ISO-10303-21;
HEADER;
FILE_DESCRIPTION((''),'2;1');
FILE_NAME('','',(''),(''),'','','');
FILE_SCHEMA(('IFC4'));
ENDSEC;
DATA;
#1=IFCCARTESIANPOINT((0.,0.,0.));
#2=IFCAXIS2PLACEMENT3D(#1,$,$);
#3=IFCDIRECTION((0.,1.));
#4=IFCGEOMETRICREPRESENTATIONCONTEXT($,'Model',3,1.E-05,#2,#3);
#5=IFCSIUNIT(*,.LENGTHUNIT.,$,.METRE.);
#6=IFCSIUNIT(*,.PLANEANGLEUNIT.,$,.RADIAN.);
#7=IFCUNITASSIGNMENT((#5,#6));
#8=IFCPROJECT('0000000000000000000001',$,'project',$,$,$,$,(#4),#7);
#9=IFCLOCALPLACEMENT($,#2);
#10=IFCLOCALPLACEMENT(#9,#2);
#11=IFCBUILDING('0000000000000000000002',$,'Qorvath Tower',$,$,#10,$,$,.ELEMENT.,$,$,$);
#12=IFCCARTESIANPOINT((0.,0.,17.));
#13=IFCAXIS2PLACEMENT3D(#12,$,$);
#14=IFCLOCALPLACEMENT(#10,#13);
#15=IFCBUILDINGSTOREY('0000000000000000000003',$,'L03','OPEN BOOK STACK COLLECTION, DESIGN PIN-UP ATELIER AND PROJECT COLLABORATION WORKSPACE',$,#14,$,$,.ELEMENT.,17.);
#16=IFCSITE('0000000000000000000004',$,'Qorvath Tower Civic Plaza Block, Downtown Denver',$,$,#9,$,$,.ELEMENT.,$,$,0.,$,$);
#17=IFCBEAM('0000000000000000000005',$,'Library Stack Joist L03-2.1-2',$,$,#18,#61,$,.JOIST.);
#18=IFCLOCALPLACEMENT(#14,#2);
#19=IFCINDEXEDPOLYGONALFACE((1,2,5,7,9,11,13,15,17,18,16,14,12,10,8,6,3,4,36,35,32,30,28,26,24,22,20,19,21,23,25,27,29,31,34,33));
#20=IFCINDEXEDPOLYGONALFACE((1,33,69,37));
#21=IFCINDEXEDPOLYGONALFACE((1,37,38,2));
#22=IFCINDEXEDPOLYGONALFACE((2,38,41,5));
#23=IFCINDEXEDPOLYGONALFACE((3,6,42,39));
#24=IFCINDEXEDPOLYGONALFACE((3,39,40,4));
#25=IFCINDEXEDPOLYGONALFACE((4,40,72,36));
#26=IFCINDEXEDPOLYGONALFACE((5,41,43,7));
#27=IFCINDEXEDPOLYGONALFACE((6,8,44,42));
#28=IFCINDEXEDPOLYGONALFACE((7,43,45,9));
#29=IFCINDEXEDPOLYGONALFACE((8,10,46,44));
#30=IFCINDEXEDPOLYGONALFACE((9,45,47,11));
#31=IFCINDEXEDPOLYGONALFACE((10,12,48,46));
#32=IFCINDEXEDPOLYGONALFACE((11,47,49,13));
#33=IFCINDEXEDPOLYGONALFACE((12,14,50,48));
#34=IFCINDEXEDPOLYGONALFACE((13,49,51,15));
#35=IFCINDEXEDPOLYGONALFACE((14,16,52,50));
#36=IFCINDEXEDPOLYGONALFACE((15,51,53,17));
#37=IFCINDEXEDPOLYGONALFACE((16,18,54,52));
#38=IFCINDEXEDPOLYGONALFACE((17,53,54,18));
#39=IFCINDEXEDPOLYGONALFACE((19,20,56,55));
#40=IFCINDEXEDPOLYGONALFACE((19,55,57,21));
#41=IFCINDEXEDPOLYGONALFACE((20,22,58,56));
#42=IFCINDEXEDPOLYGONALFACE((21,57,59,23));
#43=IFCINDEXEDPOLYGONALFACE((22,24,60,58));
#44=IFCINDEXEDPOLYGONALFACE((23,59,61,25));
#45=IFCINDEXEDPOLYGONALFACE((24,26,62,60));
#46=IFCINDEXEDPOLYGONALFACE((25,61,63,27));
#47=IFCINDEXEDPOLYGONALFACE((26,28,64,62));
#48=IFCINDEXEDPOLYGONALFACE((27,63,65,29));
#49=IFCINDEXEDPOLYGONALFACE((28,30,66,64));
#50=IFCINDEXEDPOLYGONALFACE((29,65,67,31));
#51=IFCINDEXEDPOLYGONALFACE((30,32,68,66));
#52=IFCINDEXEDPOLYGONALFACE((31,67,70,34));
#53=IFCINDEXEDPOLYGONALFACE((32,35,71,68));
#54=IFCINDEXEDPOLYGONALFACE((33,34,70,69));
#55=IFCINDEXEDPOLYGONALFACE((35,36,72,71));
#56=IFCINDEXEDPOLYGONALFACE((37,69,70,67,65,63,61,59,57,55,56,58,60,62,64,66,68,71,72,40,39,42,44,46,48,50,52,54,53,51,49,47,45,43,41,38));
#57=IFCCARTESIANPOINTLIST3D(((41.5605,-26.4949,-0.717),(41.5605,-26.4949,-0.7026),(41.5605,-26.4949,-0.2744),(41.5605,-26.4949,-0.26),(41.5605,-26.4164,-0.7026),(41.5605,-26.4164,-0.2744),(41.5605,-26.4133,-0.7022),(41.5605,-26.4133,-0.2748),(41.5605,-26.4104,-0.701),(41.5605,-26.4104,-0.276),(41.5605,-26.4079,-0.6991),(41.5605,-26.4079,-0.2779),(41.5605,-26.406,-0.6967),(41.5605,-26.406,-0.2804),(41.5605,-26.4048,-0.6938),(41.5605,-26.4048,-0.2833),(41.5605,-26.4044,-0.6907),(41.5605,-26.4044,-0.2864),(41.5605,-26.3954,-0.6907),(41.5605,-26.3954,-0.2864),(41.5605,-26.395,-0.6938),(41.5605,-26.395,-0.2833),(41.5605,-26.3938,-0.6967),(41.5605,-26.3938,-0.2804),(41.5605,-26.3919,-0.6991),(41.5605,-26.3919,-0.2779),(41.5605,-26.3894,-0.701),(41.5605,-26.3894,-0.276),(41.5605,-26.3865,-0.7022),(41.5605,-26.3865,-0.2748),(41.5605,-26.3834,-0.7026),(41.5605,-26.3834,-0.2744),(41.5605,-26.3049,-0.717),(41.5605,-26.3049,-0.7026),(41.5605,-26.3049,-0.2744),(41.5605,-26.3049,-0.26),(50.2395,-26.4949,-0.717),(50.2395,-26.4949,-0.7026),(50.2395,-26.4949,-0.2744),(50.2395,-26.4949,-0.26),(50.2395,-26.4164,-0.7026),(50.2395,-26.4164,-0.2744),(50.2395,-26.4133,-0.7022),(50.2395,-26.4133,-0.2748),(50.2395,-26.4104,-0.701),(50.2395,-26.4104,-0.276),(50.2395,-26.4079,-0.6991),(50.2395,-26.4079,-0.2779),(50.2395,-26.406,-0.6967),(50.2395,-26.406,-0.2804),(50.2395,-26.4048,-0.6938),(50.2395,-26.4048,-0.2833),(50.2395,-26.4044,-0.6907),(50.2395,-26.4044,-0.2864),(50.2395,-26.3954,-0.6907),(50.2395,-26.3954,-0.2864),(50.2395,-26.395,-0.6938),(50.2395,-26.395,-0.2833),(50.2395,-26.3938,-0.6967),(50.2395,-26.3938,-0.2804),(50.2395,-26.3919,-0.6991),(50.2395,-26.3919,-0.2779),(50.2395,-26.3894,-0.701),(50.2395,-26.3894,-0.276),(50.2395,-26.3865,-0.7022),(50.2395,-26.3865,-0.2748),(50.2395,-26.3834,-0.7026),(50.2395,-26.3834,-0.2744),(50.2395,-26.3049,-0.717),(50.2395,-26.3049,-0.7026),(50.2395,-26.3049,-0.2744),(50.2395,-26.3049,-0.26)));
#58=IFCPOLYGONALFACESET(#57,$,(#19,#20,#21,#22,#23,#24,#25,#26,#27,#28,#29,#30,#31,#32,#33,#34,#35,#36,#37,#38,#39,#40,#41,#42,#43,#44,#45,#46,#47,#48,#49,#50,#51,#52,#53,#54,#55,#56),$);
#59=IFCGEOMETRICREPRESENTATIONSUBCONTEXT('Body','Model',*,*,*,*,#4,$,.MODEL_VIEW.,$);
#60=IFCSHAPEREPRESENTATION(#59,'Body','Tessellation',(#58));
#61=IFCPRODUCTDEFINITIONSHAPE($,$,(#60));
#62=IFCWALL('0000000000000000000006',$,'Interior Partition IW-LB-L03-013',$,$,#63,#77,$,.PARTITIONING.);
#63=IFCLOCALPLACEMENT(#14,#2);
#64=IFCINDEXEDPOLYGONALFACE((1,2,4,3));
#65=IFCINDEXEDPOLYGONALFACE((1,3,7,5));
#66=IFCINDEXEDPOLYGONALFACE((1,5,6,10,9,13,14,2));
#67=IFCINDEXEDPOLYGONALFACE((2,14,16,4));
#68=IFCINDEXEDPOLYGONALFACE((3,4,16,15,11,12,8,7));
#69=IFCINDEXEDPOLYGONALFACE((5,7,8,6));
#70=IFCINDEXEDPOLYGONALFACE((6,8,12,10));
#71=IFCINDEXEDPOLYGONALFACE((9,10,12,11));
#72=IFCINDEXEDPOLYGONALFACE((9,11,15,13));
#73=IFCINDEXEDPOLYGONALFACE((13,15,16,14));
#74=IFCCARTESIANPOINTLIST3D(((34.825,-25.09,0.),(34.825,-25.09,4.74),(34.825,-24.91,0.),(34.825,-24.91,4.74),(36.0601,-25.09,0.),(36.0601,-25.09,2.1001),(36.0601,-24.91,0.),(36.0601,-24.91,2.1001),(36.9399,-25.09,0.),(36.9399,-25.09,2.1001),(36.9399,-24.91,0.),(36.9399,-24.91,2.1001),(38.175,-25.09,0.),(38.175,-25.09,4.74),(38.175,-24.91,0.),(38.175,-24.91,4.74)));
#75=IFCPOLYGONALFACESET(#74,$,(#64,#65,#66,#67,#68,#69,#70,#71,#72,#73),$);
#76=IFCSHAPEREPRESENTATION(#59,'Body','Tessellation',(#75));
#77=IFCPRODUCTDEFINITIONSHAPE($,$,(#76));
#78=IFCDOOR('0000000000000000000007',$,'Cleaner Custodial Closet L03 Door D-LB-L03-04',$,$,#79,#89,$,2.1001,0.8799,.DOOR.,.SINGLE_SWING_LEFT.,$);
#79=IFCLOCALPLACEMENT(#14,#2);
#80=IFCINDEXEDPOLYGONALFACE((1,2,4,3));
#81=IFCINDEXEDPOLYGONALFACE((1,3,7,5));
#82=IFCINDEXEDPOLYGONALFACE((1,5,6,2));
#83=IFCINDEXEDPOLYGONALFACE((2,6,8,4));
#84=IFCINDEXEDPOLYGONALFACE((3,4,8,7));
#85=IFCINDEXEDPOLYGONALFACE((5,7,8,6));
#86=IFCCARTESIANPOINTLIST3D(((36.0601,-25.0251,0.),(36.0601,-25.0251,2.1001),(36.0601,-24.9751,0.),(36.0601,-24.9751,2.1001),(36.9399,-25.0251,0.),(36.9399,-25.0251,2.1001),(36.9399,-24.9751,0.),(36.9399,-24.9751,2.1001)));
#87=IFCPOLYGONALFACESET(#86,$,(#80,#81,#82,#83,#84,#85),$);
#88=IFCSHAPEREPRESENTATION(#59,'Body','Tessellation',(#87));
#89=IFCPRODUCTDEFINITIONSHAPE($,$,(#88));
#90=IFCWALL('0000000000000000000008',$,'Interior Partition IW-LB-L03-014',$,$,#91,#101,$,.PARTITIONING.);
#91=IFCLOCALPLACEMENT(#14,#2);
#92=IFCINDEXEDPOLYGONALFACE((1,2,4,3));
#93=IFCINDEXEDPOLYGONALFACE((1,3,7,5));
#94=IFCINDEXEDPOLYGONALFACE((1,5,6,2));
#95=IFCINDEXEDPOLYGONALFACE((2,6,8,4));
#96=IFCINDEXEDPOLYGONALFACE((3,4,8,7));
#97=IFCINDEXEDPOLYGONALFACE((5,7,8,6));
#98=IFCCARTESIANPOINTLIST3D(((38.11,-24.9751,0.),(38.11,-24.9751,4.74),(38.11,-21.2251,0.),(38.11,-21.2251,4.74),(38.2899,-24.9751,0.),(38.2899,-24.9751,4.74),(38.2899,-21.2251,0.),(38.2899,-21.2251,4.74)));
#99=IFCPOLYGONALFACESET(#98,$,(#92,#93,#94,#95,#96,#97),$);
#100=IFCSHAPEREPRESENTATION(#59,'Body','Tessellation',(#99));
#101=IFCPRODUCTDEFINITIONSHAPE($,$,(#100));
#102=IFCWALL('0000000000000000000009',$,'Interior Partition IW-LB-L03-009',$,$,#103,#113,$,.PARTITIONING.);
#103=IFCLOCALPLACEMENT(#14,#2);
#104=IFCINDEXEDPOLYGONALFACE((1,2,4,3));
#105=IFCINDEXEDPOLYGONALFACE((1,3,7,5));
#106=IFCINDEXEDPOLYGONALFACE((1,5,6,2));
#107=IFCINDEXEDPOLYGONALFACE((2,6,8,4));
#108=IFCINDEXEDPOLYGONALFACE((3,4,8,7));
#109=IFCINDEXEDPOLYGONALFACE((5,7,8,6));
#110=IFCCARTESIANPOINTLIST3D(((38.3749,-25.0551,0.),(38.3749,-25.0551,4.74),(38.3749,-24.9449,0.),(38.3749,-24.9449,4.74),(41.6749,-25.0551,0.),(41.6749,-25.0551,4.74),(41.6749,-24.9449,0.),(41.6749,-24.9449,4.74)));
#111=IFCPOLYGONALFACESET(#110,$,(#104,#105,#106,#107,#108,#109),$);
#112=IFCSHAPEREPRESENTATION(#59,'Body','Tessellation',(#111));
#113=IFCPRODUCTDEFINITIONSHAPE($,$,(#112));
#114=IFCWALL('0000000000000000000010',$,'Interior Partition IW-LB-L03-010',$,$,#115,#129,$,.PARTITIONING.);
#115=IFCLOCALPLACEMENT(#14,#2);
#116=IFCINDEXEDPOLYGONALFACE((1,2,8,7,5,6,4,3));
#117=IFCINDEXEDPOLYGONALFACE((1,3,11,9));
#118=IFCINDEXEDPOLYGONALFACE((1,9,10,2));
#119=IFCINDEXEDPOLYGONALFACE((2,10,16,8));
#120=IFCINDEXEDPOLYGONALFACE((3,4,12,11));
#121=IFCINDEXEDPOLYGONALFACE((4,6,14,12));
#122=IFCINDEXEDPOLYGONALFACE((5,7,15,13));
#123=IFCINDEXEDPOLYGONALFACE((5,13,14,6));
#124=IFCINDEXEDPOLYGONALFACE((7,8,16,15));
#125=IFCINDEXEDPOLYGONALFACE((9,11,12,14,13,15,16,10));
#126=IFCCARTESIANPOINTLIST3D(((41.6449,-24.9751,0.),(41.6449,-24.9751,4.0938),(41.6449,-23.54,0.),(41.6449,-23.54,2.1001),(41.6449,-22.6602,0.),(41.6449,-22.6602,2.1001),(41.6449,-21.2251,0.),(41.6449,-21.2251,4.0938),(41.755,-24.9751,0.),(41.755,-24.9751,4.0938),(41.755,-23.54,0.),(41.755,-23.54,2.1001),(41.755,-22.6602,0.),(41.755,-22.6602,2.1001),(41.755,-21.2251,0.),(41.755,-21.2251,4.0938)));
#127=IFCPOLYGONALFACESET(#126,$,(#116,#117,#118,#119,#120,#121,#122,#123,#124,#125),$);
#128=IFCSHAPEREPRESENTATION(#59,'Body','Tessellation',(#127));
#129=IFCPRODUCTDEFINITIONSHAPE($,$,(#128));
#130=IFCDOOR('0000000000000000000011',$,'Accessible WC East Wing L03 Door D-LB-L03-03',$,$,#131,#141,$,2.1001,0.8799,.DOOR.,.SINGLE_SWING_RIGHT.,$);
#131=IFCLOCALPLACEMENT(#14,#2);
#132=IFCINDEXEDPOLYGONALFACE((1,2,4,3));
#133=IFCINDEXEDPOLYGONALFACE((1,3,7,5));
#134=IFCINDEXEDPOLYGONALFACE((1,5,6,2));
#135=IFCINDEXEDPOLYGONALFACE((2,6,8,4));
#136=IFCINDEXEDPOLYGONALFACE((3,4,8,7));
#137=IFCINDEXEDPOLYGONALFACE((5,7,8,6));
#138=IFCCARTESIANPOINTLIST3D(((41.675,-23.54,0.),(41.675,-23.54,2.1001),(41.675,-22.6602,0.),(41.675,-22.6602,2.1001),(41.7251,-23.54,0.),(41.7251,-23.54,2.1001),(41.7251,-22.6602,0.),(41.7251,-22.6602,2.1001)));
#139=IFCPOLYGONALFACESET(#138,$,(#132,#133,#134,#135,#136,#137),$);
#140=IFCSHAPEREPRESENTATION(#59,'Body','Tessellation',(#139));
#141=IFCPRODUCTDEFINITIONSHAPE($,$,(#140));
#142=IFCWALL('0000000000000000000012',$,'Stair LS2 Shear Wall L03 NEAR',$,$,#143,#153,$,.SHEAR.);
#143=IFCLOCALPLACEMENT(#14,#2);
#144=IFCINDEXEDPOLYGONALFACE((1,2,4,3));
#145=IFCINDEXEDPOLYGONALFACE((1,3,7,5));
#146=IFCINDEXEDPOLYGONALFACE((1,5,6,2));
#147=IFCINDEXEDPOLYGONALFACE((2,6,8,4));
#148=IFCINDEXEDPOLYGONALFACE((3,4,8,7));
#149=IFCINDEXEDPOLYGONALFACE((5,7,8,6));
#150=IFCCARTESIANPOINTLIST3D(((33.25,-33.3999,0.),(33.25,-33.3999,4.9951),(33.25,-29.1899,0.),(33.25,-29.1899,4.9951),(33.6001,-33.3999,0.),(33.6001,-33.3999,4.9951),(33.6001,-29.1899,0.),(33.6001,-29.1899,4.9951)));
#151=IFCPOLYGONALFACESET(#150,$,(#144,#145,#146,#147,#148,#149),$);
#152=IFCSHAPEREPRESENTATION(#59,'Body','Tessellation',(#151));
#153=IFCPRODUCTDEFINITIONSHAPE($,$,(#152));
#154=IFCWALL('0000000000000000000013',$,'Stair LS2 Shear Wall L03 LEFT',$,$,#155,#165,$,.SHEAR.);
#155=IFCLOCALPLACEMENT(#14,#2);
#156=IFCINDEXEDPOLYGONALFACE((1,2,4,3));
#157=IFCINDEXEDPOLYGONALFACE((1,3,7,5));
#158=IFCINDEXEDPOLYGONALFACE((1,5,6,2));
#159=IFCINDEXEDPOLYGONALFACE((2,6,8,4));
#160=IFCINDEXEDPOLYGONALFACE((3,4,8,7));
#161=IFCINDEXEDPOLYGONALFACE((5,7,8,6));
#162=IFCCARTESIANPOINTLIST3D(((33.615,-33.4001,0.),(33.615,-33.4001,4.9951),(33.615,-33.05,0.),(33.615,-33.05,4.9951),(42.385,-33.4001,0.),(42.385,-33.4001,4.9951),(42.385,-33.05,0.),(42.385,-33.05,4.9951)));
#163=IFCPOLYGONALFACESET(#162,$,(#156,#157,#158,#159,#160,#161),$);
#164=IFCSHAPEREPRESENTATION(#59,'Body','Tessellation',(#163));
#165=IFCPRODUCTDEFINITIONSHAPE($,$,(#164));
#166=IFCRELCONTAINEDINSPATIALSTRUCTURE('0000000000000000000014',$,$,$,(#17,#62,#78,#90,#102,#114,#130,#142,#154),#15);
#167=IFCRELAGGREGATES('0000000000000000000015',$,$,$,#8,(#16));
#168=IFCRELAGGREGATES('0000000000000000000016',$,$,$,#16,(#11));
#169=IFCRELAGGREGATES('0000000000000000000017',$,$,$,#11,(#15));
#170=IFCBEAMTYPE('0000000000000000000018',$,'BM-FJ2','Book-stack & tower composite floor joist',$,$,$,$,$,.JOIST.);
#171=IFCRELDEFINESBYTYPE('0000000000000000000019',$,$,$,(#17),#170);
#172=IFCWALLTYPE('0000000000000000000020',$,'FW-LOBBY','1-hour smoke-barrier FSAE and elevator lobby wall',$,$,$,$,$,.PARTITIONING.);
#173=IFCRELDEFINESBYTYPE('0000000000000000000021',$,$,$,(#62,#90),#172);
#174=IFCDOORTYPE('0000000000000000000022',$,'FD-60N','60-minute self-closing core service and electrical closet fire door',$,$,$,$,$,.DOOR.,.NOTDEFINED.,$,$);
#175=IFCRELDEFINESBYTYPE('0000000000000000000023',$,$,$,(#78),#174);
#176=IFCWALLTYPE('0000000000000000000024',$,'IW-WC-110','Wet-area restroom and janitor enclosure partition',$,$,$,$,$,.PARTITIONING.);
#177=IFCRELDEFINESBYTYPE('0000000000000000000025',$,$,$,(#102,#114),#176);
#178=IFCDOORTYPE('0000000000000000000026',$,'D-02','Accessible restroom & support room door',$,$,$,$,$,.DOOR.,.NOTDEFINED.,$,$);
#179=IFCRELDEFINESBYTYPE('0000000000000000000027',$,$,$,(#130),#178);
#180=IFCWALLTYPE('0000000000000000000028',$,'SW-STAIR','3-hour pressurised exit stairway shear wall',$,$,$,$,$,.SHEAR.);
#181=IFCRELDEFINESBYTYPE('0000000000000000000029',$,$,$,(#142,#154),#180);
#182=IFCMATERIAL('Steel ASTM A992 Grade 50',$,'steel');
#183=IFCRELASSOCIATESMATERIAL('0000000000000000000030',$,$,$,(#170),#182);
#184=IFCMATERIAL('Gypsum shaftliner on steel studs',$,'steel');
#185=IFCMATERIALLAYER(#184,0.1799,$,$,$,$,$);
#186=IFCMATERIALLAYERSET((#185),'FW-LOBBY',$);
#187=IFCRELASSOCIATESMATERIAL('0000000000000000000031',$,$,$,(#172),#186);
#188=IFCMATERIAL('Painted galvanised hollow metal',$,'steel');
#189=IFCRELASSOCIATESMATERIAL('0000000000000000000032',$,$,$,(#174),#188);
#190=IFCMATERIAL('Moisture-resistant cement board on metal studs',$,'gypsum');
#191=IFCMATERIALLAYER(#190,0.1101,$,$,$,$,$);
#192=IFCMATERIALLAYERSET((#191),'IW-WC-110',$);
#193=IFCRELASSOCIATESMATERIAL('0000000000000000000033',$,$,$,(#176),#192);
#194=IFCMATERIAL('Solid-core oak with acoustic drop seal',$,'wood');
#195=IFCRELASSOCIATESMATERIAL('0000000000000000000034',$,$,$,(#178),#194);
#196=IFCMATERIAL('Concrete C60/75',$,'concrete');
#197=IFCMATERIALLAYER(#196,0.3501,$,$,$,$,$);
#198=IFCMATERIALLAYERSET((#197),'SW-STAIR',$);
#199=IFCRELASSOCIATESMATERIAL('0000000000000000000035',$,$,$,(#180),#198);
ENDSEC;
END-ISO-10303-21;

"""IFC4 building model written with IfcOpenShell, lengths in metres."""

from ifc_helpers import new_model, si_unit, direction, frame, frame_2d, origin, origin_2d, place, context, subcontext, project, spatial, rectangle, i_section, extrude, material, layer, layer_set, material_profile, profile_set, type_object, element, fill, save


model = new_model("IFC4")

# Units and contexts
model_context = context("Model", 3, precision=1e-05, world=origin(), true_north=direction((0.0, 1.0)))
body_context = subcontext(model_context, "Body", "Model", "MODEL_VIEW")
ifc_project = project(units=[si_unit("LENGTHUNIT", "METRE"), si_unit("PLANEANGLEUNIT", "RADIAN")], contexts=[model_context])

# Site, building, storey
site_placement = place(None, origin())
site = spatial("IfcSite", under=ifc_project, at=site_placement, Name="Qorvath Tower Civic Plaza Block, Downtown Denver", CompositionType="ELEMENT", RefElevation=0.0)
building_placement = place(site_placement, origin())
building = spatial("IfcBuilding", under=site, at=building_placement, Name="Qorvath Tower", CompositionType="ELEMENT")
storey_placement = place(building_placement, frame((0.0, 0.0, 17.0)))
storey = spatial("IfcBuildingStorey", under=building, at=storey_placement, Name="L03", Description="OPEN BOOK STACK COLLECTION, DESIGN PIN-UP ATELIER AND PROJECT COLLABORATION WORKSPACE", CompositionType="ELEMENT", Elevation=17.0)

# Beam
ifc_material_1 = material(Name="Steel ASTM A992 Grade 50", Category="steel")
ifc_material_profile_1 = material_profile(ifc_material_1, i_section(OverallWidth=0.1899, OverallDepth=0.457, WebThickness=0.009, FlangeThickness=0.0144, FilletRadius=0.012, at=origin_2d()), Name="W18x50")
ifc_profile_set_1 = profile_set([ifc_material_profile_1], Name="Steel ASTM A992 Grade 50")
beam_type_1 = type_object("IfcBeamType", Name="BM-FJ2", Description="Book-stack & tower composite floor joist", PredefinedType="JOIST", material=ifc_profile_set_1)
beam_1_placement = place(storey_placement, frame((41.5605, -26.3999, -0.4885), z_axis=(1.0, 0.0, 0.0), x_axis=(0.0, 1.0, 0.0)))
element("IfcBeam", 1, at=beam_1_placement, inside=storey, type_object=beam_type_1, Name="Library Stack Joist L03-2.1-2", PredefinedType="JOIST", context=body_context, shape_type="SweptSolid", body=[
    extrude(i_section(OverallWidth=0.1899, OverallDepth=0.457, WebThickness=0.009, FlangeThickness=0.0144, FilletRadius=0.012, at=origin_2d()), origin(), (0.0, 0.0, 1.0), 8.679),
])

# Wall, opening, door
ifc_material_2 = material(Name="Gypsum shaftliner on steel studs", Category="steel")
ifc_layer_1 = layer(ifc_material_2, 0.1799)
ifc_layer_set_1 = layer_set([ifc_layer_1], Name="FW-LOBBY")
wall_type_1 = type_object("IfcWallType", Name="FW-LOBBY", Description="1-hour smoke-barrier FSAE and elevator lobby wall", PredefinedType="PARTITIONING", material=ifc_layer_set_1)
wall_1_placement = place(storey_placement, frame((34.825, -25.0, 0.0), z_axis=(0.0, 0.0, 1.0), x_axis=(1.0, 0.0, 0.0)))
wall_1 = element("IfcWall", 2, at=wall_1_placement, inside=storey, type_object=wall_type_1, Name="Interior Partition IW-LB-L03-013", PredefinedType="PARTITIONING", context=body_context, shape_type="SweptSolid", body=[
    extrude(rectangle(XDim=3.3501, YDim=0.1799, at=frame_2d((1.675, 0.0))), origin(), (0.0, 0.0, 1.0), 4.74),
])
opening_1_placement = place(wall_1_placement, frame((1.2351, 0.0, 0.0)))
opening_1 = element("IfcOpeningElement", 3, at=opening_1_placement, cuts=wall_1, PredefinedType="OPENING", context=body_context, shape_type="SweptSolid", body=[
    extrude(rectangle(XDim=0.8799, YDim=2.1001, at=frame_2d((0.4399, 1.05))), frame((0.0, 0.1001, 0.0), z_axis=(0.0, -1.0, 0.0), x_axis=(1.0, 0.0, 0.0)), (0.0, 0.0, 1.0), 0.2),
])
ifc_material_3 = material(Name="Painted galvanised hollow metal", Category="steel")
door_type_1 = type_object("IfcDoorType", Name="FD-60N", Description="60-minute self-closing core service and electrical closet fire door", OperationType="NOTDEFINED", PredefinedType="DOOR", material=ifc_material_3)
door_1_placement = place(opening_1_placement, origin())
door_1 = element("IfcDoor", 4, at=door_1_placement, inside=storey, type_object=door_type_1, Name="Cleaner Custodial Closet L03 Door D-LB-L03-04", OperationType="SINGLE_SWING_LEFT", OverallHeight=2.1001, OverallWidth=0.8799, PredefinedType="DOOR", context=body_context, shape_type="SweptSolid", body=[
    extrude(rectangle(XDim=0.8799, YDim=2.1001, at=frame_2d((0.4399, 1.05))), frame((0.0, 0.0249, 0.0), z_axis=(0.0, -1.0, 0.0), x_axis=(1.0, 0.0, 0.0)), (0.0, 0.0, 1.0), 0.05),
])
fill(opening_1, door_1)

# Walls
wall_2_placement = place(storey_placement, frame((38.2, -24.9751, 0.0), z_axis=(0.0, 0.0, 1.0), x_axis=(0.0, 1.0, 0.0)))
element("IfcWall", 5, at=wall_2_placement, inside=storey, type_object=wall_type_1, Name="Interior Partition IW-LB-L03-014", PredefinedType="PARTITIONING", context=body_context, shape_type="SweptSolid", body=[
    extrude(rectangle(XDim=3.75, YDim=0.1799, at=frame_2d((1.875, 0.0))), origin(), (0.0, 0.0, 1.0), 4.74),
])
ifc_material_4 = material(Name="Moisture-resistant cement board on metal studs", Category="gypsum")
ifc_layer_2 = layer(ifc_material_4, 0.1101)
ifc_layer_set_2 = layer_set([ifc_layer_2], Name="IW-WC-110")
wall_type_2 = type_object("IfcWallType", Name="IW-WC-110", Description="Wet-area restroom and janitor enclosure partition", PredefinedType="PARTITIONING", material=ifc_layer_set_2)
wall_3_placement = place(storey_placement, frame((38.375, -25.0, 0.0), z_axis=(0.0, 0.0, 1.0), x_axis=(1.0, 0.0, 0.0)))
element("IfcWall", 6, at=wall_3_placement, inside=storey, type_object=wall_type_2, Name="Interior Partition IW-LB-L03-009", PredefinedType="PARTITIONING", context=body_context, shape_type="SweptSolid", body=[
    extrude(rectangle(XDim=3.3, YDim=0.1101, at=frame_2d((1.6499, 0.0))), origin(), (0.0, 0.0, 1.0), 4.74),
])

# Wall, opening, door
wall_4_placement = place(storey_placement, frame((41.7, -24.9751, 0.0), z_axis=(0.0, 0.0, 1.0), x_axis=(0.0, 1.0, 0.0)))
wall_4 = element("IfcWall", 7, at=wall_4_placement, inside=storey, type_object=wall_type_2, Name="Interior Partition IW-LB-L03-010", PredefinedType="PARTITIONING", context=body_context, shape_type="SweptSolid", body=[
    extrude(rectangle(XDim=3.75, YDim=0.1101, at=frame_2d((1.875, 0.0))), origin(), (0.0, 0.0, 1.0), 4.0938),
])
opening_2_placement = place(wall_4_placement, frame((1.4351, 0.0, 0.0)))
opening_2 = element("IfcOpeningElement", 8, at=opening_2_placement, cuts=wall_4, PredefinedType="OPENING", context=body_context, shape_type="SweptSolid", body=[
    extrude(rectangle(XDim=0.8799, YDim=2.1001, at=frame_2d((0.4399, 1.05))), frame((0.0, 0.0649, 0.0), z_axis=(0.0, -1.0, 0.0), x_axis=(1.0, 0.0, 0.0)), (0.0, 0.0, 1.0), 0.1301),
])
ifc_material_5 = material(Name="Solid-core oak with acoustic drop seal", Category="wood")
door_type_2 = type_object("IfcDoorType", Name="D-02", Description="Accessible restroom & support room door", OperationType="NOTDEFINED", PredefinedType="DOOR", material=ifc_material_5)
door_2_placement = place(opening_2_placement, origin())
door_2 = element("IfcDoor", 9, at=door_2_placement, inside=storey, type_object=door_type_2, Name="Accessible WC East Wing L03 Door D-LB-L03-03", OperationType="SINGLE_SWING_RIGHT", OverallHeight=2.1001, OverallWidth=0.8799, PredefinedType="DOOR", context=body_context, shape_type="SweptSolid", body=[
    extrude(rectangle(XDim=0.8799, YDim=2.1001, at=frame_2d((0.4399, 1.05))), frame((0.0, 0.0249, 0.0), z_axis=(0.0, -1.0, 0.0), x_axis=(1.0, 0.0, 0.0)), (0.0, 0.0, 1.0), 0.05),
])
fill(opening_2, door_2)

# Walls
ifc_material_6 = material(Name="Concrete C60/75", Category="concrete")
ifc_layer_3 = layer(ifc_material_6, 0.3501)
ifc_layer_set_3 = layer_set([ifc_layer_3], Name="SW-STAIR")
wall_type_3 = type_object("IfcWallType", Name="SW-STAIR", Description="3-hour pressurised exit stairway shear wall", PredefinedType="SHEAR", material=ifc_layer_set_3)
wall_5_placement = place(storey_placement, frame((33.425, -29.1899, 0.0), z_axis=(0.0, 0.0, 1.0), x_axis=(0.0, -1.0, 0.0)))
element("IfcWall", 10, at=wall_5_placement, inside=storey, type_object=wall_type_3, Name="Stair LS2 Shear Wall L03 NEAR", PredefinedType="SHEAR", context=body_context, shape_type="SweptSolid", body=[
    extrude(rectangle(XDim=4.21, YDim=0.3501, at=frame_2d((2.105, 0.0))), origin(), (0.0, 0.0, 1.0), 4.9951),
])
wall_6_placement = place(storey_placement, frame((33.615, -33.2251, 0.0), z_axis=(0.0, 0.0, 1.0), x_axis=(1.0, 0.0, 0.0)))
element("IfcWall", 11, at=wall_6_placement, inside=storey, type_object=wall_type_3, Name="Stair LS2 Shear Wall L03 LEFT", PredefinedType="SHEAR", context=body_context, shape_type="SweptSolid", body=[
    extrude(rectangle(XDim=8.77, YDim=0.3501, at=frame_2d((4.385, 0.0))), origin(), (0.0, 0.0, 1.0), 4.9951),
])

save(model, "model.ifc")
